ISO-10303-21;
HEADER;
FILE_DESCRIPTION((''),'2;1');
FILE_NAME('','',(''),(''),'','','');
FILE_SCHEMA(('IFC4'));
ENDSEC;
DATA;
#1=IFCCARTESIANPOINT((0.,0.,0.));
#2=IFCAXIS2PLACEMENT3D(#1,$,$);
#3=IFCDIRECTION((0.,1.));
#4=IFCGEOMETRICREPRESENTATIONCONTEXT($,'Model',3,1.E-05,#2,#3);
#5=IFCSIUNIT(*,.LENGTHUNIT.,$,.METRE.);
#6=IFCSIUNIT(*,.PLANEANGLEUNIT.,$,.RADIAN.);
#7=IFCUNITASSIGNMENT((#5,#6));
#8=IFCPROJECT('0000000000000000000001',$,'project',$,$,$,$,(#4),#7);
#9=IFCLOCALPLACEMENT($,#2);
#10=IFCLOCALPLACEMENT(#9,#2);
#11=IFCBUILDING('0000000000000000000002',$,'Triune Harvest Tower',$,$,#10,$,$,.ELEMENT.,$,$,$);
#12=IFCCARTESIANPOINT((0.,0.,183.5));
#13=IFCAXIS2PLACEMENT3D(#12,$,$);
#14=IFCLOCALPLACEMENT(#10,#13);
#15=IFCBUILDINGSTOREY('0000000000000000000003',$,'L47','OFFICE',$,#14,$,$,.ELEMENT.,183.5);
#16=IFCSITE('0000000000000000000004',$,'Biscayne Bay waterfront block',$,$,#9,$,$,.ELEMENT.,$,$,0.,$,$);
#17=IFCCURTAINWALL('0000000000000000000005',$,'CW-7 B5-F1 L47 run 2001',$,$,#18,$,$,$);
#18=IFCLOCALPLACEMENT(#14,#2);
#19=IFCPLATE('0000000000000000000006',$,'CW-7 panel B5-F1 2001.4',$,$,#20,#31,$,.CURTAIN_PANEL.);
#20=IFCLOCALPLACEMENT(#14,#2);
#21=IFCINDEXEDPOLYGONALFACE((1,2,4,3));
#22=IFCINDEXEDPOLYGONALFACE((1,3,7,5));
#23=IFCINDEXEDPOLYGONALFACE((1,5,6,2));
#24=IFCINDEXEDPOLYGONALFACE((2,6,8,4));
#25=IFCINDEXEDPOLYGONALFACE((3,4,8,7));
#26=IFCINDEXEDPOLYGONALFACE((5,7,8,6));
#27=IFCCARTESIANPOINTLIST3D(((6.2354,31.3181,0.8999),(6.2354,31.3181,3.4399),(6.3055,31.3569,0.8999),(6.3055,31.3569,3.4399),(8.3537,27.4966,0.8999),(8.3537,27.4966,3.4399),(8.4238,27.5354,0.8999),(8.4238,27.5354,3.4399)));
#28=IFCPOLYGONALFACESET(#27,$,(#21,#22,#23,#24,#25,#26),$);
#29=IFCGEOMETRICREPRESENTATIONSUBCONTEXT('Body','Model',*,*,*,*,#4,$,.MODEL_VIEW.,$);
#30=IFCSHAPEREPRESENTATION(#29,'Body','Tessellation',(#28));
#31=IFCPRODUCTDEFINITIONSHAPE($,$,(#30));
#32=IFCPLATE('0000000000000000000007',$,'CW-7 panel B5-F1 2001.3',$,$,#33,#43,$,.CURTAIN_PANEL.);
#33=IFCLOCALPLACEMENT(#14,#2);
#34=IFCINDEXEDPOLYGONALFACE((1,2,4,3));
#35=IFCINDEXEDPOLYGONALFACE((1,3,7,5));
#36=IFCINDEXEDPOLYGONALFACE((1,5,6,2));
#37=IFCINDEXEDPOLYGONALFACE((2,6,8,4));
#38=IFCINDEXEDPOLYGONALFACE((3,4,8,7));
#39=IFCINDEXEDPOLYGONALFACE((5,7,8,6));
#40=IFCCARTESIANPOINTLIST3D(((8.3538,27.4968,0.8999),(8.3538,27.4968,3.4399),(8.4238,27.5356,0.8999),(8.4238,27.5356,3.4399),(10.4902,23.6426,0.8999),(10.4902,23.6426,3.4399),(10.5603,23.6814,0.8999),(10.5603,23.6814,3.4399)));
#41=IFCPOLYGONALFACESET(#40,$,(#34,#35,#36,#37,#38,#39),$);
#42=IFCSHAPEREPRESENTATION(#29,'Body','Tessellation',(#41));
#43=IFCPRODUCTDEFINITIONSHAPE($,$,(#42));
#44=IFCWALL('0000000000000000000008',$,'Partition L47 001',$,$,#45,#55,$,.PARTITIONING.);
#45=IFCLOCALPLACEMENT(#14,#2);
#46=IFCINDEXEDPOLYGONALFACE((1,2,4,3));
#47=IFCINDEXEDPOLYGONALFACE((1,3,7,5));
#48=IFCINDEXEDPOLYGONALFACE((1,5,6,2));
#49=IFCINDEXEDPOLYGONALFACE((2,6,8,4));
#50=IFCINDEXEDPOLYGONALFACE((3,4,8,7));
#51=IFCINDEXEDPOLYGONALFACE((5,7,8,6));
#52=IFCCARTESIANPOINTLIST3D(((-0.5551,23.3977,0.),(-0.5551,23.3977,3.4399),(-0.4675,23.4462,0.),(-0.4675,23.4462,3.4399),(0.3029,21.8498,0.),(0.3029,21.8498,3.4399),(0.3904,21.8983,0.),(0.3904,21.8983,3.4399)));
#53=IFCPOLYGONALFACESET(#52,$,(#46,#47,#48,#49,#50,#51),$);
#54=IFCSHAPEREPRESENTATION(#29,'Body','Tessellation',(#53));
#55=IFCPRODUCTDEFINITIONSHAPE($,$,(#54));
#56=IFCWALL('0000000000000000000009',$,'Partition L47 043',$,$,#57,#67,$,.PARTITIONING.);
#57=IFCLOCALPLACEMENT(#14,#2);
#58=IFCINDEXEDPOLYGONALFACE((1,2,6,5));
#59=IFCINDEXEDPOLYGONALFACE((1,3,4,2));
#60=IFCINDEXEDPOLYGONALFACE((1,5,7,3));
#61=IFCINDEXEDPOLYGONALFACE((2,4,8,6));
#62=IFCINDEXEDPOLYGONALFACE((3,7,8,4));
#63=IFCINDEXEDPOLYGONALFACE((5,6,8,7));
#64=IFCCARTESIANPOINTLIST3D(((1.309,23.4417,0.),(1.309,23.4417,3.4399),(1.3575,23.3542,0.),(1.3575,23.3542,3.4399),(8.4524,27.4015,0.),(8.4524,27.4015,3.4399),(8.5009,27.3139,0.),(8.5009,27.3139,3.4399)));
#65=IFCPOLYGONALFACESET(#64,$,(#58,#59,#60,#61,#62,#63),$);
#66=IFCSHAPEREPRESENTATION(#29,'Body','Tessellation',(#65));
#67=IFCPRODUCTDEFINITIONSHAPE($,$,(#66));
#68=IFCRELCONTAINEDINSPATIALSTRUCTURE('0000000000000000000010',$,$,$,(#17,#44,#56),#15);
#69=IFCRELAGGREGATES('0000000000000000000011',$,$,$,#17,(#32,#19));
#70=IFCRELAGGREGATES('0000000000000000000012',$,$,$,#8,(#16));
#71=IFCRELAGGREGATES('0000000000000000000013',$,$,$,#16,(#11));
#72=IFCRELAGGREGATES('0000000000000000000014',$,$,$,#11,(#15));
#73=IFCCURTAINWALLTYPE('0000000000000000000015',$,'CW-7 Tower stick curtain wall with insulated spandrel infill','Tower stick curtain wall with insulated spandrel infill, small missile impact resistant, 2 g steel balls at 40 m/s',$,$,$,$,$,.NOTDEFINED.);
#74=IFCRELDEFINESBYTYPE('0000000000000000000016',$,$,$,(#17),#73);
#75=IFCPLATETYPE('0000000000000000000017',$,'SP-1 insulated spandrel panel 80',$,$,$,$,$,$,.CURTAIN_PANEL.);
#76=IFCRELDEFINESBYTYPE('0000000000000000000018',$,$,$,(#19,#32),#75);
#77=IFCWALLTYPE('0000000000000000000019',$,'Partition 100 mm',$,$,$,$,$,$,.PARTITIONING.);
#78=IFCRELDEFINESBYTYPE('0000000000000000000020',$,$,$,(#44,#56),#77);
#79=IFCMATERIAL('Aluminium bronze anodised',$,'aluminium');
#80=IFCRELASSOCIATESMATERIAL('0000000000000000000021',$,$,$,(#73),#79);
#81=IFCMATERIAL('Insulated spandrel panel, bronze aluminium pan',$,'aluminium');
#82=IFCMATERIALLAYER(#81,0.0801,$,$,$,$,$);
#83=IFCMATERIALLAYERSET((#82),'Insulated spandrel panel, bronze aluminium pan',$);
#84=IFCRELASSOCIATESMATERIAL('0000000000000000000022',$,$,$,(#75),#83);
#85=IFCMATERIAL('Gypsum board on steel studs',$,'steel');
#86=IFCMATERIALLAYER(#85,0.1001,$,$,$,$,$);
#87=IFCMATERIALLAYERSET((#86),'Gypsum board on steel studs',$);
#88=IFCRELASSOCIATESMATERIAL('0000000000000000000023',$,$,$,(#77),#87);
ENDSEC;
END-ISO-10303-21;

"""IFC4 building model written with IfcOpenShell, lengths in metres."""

from ifc_helpers import new_model, si_unit, direction, frame, frame_2d, origin, origin_2d, place, context, subcontext, project, spatial, rectangle, extrude, source, transform, mapped, material, layer, layer_set, type_object, element, aggregate, save


model = new_model("IFC4")

# Units and contexts
model_context = context("Model", 3, precision=1e-05, world=origin(), true_north=direction((0.0, 1.0)))
body_context = subcontext(model_context, "Body", "Model", "MODEL_VIEW")
ifc_project = project(units=[si_unit("LENGTHUNIT", "METRE"), si_unit("PLANEANGLEUNIT", "RADIAN")], contexts=[model_context])

# Site, building, storey
site_placement = place(None, origin())
site = spatial("IfcSite", under=ifc_project, at=site_placement, Name="Biscayne Bay waterfront block", CompositionType="ELEMENT", RefElevation=0.0)
building_placement = place(site_placement, origin())
building = spatial("IfcBuilding", under=site, at=building_placement, Name="Triune Harvest Tower", CompositionType="ELEMENT")
storey_placement = place(building_placement, frame((0.0, 0.0, 183.5)))
storey = spatial("IfcBuildingStorey", under=building, at=storey_placement, Name="L47", Description="OFFICE", CompositionType="ELEMENT", Elevation=183.5)

# Curtain wall
ifc_material_1 = material(Name="Aluminium bronze anodised", Category="aluminium")
curtain_wall_type_1 = type_object("IfcCurtainWallType", Name="CW-7 Tower stick curtain wall with insulated spandrel infill", Description="Tower stick curtain wall with insulated spandrel infill, small missile impact resistant, 2 g steel balls at 40 m/s", PredefinedType="NOTDEFINED", material=ifc_material_1)
curtain_wall_1_placement = place(storey_placement, origin())
curtain_wall_1 = element("IfcCurtainWall", 1, at=curtain_wall_1_placement, inside=storey, type_object=curtain_wall_type_1, Name="CW-7 B5-F1 L47 run 2001")

# Plates
ifc_material_2 = material(Name="Insulated spandrel panel, bronze aluminium pan", Category="aluminium")
ifc_layer_1 = layer(ifc_material_2, 0.0801)
ifc_layer_set_1 = layer_set([ifc_layer_1], Name="Insulated spandrel panel, bronze aluminium pan")
plate_type_1 = type_object("IfcPlateType", Name="SP-1 insulated spandrel panel 80", PredefinedType="CURTAIN_PANEL", material=ifc_layer_set_1)
shared_shape_1 = source(origin(), body_context, "Body", "SweptSolid", [
    extrude(rectangle(XDim=4.3694, YDim=0.0801, at=origin_2d()), origin(), (0.0, 0.0, 1.0), 2.54),
])
plate_1_placement = place(storey_placement, frame((7.3296, 29.4268, 0.8999), z_axis=(0.0, 0.0, 1.0), x_axis=(-0.484808, 0.87462, 0.0)))
plate_1 = element("IfcPlate", 2, at=plate_1_placement, type_object=plate_type_1, Name="CW-7 panel B5-F1 2001.4", PredefinedType="CURTAIN_PANEL", context=body_context, shape_type="MappedRepresentation", body=[
    mapped(shared_shape_1, transform((0.0, 0.0, 0.0), scale=1.0)),
])
shared_shape_2 = source(origin(), body_context, "Body", "SweptSolid", [
    extrude(rectangle(XDim=4.4067, YDim=0.0801, at=origin_2d()), origin(), (0.0, 0.0, 1.0), 2.54),
])
plate_2_placement = place(storey_placement, frame((9.457, 25.5891, 0.8999), z_axis=(0.0, 0.0, 1.0), x_axis=(-0.484808, 0.87462, 0.0)))
plate_2 = element("IfcPlate", 3, at=plate_2_placement, type_object=plate_type_1, Name="CW-7 panel B5-F1 2001.3", PredefinedType="CURTAIN_PANEL", context=body_context, shape_type="MappedRepresentation", body=[
    mapped(shared_shape_2, transform((0.0, 0.0, 0.0), scale=1.0)),
])
aggregate(curtain_wall_1, [plate_2, plate_1])

# Walls
ifc_material_3 = material(Name="Gypsum board on steel studs", Category="steel")
ifc_layer_2 = layer(ifc_material_3, 0.1001)
ifc_layer_set_2 = layer_set([ifc_layer_2], Name="Gypsum board on steel studs")
wall_type = type_object("IfcWallType", Name="Partition 100 mm", PredefinedType="PARTITIONING", material=ifc_layer_set_2)
wall_1_placement = place(storey_placement, frame((-0.5112, 23.4219, 0.0), z_axis=(0.0, 0.0, 1.0), x_axis=(0.484776, -0.874638, 0.0)))
element("IfcWall", 4, at=wall_1_placement, inside=storey, type_object=wall_type, Name="Partition L47 001", PredefinedType="PARTITIONING", context=body_context, shape_type="SweptSolid", body=[
    extrude(rectangle(XDim=1.7698, YDim=0.1001, at=frame_2d((0.8848, 0.0))), origin(), (0.0, 0.0, 1.0), 3.4399),
])
shared_shape_3 = source(origin(), body_context, "Body", "SweptSolid", [
    extrude(rectangle(XDim=8.1675, YDim=0.1001, at=frame_2d((4.0837, 0.0))), origin(), (0.0, 0.0, 1.0), 3.4399),
])
wall_2_placement = place(storey_placement, frame((1.3333, 23.3979, 0.0), z_axis=(0.0, 0.0, 1.0), x_axis=(0.874614, 0.48482, 0.0)))
element("IfcWall", 5, at=wall_2_placement, inside=storey, type_object=wall_type, Name="Partition L47 043", PredefinedType="PARTITIONING", context=body_context, shape_type="MappedRepresentation", body=[
    mapped(shared_shape_3, transform((0.0, 0.0, 0.0), scale=1.0)),
])

save(model, "model.ifc")
